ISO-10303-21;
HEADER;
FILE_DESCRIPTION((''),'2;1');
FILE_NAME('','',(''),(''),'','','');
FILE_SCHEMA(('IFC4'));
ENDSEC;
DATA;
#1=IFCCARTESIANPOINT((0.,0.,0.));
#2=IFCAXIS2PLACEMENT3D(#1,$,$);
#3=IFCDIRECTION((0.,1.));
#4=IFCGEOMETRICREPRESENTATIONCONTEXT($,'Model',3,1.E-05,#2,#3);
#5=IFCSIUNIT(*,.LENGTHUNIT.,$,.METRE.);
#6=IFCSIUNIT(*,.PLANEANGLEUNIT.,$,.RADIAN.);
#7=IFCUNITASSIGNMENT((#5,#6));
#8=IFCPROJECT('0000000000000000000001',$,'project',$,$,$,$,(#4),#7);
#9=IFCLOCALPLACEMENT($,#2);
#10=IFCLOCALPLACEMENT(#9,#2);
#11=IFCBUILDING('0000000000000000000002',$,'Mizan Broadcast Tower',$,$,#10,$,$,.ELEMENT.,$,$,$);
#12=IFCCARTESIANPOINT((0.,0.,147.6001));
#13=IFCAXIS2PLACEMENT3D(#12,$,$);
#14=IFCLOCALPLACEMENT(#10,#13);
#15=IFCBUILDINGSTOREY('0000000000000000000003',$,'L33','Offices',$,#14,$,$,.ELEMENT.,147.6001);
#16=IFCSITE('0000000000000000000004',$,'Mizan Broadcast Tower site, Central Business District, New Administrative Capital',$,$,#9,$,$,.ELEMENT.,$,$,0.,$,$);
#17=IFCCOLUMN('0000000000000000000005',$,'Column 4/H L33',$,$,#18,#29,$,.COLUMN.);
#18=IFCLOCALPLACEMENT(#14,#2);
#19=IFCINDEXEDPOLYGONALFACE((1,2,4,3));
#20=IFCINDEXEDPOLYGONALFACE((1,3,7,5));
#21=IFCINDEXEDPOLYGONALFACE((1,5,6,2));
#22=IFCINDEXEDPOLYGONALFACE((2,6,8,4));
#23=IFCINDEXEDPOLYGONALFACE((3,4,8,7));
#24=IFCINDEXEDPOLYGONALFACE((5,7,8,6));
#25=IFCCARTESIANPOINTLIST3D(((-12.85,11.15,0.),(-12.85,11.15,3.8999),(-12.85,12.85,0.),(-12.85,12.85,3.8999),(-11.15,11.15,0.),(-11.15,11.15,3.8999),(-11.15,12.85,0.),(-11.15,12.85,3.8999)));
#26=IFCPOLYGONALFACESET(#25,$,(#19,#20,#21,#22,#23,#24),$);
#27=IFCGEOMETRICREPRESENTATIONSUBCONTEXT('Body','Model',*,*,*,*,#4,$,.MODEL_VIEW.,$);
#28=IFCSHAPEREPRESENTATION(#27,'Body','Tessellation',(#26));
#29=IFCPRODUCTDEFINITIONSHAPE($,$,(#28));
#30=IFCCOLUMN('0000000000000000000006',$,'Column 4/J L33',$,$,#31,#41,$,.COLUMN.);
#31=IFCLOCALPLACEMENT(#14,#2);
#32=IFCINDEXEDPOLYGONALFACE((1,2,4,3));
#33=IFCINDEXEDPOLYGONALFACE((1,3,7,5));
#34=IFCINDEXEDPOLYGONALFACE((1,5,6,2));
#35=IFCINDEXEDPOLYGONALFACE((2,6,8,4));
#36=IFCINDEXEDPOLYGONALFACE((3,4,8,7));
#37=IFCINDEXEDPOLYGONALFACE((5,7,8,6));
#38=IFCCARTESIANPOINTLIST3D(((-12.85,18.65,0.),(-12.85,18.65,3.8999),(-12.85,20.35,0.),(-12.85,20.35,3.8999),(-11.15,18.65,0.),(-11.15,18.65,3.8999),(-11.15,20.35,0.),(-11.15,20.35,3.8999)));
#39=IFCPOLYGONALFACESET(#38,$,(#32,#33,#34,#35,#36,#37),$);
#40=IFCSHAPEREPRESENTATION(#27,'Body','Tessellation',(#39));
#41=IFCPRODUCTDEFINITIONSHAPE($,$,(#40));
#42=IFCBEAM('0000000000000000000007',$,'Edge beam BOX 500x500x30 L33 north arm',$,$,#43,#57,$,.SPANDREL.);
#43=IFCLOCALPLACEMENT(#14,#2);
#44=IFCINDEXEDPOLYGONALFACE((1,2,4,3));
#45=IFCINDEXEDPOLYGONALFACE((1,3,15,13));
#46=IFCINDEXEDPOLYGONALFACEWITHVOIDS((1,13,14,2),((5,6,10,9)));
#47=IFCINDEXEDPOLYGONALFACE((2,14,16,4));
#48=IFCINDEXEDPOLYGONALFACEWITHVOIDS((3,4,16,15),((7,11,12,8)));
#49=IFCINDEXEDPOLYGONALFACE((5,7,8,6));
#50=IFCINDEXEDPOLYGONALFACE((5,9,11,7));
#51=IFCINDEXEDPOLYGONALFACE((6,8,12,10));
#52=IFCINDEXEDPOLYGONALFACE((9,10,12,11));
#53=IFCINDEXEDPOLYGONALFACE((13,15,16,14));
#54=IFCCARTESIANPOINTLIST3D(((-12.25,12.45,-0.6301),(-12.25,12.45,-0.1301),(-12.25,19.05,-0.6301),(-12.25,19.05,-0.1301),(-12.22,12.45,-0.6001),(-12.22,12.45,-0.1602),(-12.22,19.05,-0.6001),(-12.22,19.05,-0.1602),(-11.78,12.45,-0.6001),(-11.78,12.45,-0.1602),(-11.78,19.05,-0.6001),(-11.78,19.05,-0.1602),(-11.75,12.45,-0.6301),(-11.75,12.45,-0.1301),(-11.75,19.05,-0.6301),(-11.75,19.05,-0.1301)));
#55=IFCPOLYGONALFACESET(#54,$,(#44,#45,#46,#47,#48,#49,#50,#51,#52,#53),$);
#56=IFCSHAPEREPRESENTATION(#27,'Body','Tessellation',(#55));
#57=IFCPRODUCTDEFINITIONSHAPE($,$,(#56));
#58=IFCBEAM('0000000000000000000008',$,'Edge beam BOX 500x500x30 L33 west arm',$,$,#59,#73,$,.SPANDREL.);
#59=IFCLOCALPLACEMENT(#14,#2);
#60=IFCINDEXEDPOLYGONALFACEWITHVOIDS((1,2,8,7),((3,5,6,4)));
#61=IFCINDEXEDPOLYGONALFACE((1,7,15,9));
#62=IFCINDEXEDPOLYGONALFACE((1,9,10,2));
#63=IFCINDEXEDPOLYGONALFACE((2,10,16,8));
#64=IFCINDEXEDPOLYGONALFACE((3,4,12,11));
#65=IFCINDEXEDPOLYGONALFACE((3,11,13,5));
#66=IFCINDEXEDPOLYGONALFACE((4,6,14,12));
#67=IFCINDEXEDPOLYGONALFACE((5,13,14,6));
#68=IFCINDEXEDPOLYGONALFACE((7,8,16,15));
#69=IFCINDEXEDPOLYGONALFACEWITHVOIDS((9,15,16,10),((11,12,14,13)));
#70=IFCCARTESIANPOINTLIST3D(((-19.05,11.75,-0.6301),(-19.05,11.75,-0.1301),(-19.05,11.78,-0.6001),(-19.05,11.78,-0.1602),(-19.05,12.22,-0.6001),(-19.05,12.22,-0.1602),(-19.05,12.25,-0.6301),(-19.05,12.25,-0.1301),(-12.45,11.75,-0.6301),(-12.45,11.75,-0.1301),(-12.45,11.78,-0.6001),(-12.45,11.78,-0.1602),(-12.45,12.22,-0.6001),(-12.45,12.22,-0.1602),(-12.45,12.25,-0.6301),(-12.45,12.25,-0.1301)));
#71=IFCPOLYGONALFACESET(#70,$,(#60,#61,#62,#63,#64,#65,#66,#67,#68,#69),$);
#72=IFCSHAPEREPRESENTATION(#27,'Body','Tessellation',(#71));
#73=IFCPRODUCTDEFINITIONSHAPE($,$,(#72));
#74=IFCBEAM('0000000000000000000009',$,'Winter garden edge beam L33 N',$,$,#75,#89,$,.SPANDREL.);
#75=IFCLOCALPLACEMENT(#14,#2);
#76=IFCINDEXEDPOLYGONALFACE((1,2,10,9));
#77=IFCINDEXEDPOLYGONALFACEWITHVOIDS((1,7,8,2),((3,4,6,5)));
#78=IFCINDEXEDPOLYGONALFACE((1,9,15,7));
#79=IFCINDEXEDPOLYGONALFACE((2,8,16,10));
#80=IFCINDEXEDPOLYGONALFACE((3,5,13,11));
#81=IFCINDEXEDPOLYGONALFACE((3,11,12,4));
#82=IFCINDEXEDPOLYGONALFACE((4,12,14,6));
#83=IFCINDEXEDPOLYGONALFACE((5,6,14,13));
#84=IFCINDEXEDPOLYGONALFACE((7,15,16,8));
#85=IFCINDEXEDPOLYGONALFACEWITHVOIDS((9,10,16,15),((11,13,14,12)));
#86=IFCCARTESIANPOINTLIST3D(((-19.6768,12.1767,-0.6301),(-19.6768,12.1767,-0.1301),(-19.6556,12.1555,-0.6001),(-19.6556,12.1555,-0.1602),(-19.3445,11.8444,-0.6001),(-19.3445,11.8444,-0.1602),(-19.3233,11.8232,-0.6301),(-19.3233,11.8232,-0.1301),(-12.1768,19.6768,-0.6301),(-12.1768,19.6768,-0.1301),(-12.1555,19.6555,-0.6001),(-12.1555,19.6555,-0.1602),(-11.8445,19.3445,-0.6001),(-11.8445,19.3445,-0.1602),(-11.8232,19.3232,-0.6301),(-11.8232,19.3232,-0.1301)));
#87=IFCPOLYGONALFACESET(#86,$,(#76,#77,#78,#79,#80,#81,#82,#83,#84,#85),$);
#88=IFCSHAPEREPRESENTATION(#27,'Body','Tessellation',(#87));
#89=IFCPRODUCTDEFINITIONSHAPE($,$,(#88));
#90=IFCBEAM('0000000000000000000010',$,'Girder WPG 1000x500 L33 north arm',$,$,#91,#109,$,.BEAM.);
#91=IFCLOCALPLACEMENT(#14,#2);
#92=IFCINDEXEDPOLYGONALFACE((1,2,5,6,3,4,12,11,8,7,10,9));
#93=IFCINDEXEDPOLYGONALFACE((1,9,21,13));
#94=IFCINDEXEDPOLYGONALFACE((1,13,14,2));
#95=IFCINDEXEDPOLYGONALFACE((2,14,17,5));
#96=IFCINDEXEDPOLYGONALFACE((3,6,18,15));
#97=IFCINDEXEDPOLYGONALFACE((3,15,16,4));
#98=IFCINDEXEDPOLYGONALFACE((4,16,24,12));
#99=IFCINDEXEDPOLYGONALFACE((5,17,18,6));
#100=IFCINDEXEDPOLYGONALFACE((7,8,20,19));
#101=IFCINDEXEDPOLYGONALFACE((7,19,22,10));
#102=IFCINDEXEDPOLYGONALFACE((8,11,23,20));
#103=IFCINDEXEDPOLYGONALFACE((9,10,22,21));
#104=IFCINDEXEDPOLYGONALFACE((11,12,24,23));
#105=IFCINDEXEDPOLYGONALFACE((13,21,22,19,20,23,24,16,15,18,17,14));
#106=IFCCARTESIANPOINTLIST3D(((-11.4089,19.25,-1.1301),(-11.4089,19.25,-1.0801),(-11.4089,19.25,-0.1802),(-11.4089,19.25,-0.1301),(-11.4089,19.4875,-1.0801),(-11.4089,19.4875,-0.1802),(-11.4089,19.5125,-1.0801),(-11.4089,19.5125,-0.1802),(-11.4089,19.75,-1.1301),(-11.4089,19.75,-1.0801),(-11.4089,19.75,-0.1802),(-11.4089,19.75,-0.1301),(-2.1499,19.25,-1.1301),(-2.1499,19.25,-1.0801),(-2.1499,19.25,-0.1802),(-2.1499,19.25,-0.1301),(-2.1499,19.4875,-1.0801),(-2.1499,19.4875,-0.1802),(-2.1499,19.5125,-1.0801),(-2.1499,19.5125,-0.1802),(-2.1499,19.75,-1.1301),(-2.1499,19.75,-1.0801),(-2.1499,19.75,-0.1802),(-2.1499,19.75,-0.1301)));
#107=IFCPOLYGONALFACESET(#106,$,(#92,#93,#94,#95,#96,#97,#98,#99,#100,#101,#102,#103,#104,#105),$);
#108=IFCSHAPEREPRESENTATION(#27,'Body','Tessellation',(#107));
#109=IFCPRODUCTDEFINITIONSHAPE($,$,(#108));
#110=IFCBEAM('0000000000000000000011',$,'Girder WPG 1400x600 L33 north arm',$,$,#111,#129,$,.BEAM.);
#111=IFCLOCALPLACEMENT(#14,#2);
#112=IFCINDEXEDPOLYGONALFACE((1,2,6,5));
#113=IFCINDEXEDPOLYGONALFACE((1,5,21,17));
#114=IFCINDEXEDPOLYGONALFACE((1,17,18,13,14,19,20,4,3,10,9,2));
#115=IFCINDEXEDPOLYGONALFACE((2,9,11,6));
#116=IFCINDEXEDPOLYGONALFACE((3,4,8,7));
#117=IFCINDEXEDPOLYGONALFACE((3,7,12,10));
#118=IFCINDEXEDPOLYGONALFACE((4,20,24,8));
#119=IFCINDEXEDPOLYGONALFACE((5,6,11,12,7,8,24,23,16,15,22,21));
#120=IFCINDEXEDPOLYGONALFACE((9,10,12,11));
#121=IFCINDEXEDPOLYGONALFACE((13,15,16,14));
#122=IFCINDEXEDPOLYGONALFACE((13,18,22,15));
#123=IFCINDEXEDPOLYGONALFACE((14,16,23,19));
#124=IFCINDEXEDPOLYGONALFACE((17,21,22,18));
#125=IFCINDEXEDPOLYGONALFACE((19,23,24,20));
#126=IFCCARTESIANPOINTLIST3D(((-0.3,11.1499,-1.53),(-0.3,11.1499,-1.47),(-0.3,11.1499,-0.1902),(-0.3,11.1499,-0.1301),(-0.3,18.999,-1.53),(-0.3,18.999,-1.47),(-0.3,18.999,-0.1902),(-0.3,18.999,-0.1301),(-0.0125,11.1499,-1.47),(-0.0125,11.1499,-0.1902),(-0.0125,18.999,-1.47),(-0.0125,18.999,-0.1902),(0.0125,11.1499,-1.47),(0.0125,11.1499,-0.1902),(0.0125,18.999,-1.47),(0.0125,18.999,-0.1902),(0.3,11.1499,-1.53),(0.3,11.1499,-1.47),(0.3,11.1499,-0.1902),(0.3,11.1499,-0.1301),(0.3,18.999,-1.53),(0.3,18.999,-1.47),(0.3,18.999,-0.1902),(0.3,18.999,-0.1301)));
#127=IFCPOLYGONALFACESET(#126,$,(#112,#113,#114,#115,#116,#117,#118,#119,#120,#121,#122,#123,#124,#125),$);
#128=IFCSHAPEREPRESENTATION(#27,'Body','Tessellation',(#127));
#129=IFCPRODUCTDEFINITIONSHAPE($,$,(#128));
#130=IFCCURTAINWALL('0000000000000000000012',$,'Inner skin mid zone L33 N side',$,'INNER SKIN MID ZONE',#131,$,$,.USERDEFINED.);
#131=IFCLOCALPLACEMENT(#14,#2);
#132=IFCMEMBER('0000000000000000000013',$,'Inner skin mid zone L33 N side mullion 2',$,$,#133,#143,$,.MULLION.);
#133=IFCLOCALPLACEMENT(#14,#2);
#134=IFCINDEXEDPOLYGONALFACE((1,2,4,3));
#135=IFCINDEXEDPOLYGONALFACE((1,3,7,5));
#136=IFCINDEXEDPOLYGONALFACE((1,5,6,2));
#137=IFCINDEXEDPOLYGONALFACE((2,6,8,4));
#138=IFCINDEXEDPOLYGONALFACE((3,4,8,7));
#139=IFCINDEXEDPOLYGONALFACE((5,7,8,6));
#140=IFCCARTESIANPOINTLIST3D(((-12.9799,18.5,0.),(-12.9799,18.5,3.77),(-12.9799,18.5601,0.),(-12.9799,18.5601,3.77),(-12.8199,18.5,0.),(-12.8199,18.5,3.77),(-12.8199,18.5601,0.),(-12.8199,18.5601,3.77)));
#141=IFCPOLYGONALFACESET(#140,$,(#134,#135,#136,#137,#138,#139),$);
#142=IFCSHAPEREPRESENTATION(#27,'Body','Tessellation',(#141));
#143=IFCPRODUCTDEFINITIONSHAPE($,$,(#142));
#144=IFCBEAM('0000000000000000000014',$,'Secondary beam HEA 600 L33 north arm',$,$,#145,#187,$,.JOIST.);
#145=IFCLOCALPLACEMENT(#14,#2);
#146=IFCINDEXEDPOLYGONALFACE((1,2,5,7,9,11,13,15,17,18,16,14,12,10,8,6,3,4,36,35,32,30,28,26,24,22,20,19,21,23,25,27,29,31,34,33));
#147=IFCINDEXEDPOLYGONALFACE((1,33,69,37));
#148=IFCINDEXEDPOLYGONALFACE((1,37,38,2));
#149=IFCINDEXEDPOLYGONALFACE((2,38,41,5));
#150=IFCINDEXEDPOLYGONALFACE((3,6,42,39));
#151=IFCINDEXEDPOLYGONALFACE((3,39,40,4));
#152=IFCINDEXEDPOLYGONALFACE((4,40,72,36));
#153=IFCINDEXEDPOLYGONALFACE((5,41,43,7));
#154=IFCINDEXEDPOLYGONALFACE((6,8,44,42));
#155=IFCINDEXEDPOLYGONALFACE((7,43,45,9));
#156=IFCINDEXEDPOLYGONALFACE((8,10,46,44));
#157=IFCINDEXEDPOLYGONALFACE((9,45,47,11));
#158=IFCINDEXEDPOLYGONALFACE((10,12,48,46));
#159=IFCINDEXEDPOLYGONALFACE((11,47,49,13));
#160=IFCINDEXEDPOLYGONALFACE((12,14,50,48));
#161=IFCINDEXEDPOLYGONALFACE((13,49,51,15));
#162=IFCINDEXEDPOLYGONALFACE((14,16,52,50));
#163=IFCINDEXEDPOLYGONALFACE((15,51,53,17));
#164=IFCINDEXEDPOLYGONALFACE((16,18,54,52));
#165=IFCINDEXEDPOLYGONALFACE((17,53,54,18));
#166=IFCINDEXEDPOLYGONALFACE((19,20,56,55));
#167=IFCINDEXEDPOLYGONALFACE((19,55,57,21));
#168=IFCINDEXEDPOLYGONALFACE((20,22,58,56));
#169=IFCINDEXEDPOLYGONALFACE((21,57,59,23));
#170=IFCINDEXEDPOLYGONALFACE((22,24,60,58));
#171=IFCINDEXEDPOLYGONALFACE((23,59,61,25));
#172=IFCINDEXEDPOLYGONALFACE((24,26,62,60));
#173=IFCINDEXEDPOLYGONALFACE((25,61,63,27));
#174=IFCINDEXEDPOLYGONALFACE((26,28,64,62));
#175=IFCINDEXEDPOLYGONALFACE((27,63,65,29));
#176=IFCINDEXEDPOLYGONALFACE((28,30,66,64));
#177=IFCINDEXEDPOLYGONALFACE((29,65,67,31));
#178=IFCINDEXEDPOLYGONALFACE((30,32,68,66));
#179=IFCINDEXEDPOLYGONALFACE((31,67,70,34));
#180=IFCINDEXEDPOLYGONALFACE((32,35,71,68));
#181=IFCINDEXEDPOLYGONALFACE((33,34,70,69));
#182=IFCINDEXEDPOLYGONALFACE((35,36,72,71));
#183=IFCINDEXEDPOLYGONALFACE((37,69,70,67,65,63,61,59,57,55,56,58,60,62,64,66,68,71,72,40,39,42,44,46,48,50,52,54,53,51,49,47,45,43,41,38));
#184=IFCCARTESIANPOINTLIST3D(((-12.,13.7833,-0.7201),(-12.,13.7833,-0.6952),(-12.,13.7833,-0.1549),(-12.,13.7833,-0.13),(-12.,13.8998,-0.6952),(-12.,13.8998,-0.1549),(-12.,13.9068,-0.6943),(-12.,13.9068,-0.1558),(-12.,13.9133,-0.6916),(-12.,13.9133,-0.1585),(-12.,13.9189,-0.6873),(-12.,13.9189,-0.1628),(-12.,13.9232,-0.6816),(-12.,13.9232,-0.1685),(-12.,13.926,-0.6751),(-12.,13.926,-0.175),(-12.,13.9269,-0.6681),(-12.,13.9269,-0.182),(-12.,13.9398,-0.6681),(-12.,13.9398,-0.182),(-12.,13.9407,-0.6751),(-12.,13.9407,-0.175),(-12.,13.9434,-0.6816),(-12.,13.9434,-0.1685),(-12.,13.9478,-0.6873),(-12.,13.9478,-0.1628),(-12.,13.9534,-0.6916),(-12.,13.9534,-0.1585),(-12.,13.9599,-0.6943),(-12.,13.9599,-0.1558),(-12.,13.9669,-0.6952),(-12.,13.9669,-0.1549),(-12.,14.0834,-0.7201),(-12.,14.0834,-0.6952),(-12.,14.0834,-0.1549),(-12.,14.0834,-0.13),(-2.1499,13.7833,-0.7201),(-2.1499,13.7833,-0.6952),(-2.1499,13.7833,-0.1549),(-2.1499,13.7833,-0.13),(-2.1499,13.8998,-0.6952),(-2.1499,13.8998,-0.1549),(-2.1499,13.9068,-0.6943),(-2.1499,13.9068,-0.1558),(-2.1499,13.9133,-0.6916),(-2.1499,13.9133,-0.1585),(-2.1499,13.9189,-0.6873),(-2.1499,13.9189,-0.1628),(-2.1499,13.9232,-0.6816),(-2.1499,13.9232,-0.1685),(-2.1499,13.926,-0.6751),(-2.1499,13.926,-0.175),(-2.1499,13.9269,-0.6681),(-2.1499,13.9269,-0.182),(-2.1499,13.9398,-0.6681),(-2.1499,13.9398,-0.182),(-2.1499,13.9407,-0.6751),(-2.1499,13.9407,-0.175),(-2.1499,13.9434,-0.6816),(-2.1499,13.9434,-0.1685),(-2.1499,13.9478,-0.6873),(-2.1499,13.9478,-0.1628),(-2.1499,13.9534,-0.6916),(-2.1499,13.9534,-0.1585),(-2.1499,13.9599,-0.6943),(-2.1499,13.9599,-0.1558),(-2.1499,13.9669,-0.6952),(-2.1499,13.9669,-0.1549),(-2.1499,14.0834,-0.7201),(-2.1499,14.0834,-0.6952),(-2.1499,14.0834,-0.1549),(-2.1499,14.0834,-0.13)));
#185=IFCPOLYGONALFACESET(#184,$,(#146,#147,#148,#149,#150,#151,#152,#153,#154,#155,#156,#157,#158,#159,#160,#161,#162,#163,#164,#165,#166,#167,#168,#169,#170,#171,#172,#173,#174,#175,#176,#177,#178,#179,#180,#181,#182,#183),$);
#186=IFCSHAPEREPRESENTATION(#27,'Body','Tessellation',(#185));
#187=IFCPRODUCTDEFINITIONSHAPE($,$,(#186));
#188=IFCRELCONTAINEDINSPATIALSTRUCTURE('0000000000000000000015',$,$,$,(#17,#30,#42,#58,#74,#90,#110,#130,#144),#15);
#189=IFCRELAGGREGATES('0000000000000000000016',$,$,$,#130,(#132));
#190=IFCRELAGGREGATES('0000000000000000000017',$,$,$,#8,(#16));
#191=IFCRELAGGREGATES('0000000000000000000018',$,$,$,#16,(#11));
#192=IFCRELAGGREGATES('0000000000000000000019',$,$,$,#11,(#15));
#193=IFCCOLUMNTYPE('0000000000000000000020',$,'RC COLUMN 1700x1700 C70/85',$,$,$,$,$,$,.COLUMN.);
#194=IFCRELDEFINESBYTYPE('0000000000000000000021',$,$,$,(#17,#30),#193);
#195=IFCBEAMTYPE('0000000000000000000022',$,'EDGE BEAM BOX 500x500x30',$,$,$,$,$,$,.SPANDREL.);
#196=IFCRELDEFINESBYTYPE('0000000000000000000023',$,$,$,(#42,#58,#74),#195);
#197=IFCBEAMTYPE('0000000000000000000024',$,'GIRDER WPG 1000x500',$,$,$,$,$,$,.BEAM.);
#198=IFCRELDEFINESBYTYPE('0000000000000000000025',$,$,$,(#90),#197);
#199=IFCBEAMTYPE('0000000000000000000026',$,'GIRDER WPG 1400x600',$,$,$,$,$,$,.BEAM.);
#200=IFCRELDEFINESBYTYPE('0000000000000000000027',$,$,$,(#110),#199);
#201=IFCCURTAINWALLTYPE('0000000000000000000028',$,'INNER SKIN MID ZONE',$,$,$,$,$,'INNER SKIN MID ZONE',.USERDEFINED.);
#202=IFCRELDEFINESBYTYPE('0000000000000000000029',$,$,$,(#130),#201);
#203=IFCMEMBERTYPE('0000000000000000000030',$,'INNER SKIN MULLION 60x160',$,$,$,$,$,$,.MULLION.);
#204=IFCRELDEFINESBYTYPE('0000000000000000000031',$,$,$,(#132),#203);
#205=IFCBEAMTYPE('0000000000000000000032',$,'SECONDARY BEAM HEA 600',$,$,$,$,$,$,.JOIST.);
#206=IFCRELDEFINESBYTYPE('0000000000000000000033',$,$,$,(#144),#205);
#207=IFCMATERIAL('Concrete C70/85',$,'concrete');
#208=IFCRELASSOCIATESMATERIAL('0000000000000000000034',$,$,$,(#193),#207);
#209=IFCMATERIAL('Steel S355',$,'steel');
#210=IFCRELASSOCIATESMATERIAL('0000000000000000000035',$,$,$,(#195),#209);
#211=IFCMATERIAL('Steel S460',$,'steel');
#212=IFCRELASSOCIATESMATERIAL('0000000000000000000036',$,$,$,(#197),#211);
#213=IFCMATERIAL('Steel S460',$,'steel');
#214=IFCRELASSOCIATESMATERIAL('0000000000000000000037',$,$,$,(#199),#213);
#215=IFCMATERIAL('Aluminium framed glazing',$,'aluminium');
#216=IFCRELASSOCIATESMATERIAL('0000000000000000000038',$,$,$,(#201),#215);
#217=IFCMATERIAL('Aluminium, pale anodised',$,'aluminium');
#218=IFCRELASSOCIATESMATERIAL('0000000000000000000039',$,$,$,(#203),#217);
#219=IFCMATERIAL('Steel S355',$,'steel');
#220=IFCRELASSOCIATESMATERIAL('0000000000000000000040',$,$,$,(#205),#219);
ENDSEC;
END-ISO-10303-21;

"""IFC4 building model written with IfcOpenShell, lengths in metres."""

from ifc_helpers import new_model, si_unit, direction, frame, origin, origin_2d, place, context, subcontext, project, spatial, rectangle, hollow_rectangle, i_section, extrude, material, material_profile, profile_set, type_object, element, aggregate, save


model = new_model("IFC4")

# Units and contexts
model_context = context("Model", 3, precision=1e-05, world=origin(), true_north=direction((0.0, 1.0)))
body_context = subcontext(model_context, "Body", "Model", "MODEL_VIEW")
ifc_project = project(units=[si_unit("LENGTHUNIT", "METRE"), si_unit("PLANEANGLEUNIT", "RADIAN")], contexts=[model_context])

# Site, building, storey
site_placement = place(None, origin())
site = spatial("IfcSite", under=ifc_project, at=site_placement, Name="Mizan Broadcast Tower site, Central Business District, New Administrative Capital", CompositionType="ELEMENT", RefElevation=0.0)
building_placement = place(site_placement, origin())
building = spatial("IfcBuilding", under=site, at=building_placement, Name="Mizan Broadcast Tower", CompositionType="ELEMENT")
storey_placement = place(building_placement, frame((0.0, 0.0, 147.6001)))
storey = spatial("IfcBuildingStorey", under=building, at=storey_placement, Name="L33", Description="Offices", CompositionType="ELEMENT", Elevation=147.6001)

# Columns
ifc_material_1 = material(Name="Concrete C70/85", Category="concrete")
ifc_material_profile_1 = material_profile(ifc_material_1, rectangle(XDim=1.7, YDim=1.7, at=origin_2d()), Name="RC 1700x1700")
ifc_profile_set_1 = profile_set([ifc_material_profile_1], Name="Concrete C70/85")
column_type = type_object("IfcColumnType", Name="RC COLUMN 1700x1700 C70/85", PredefinedType="COLUMN", material=ifc_profile_set_1)
for number, where, z_axis, x_axis, name in (
    (1, (-12.0, 12.0, 0.0), (0.0, 0.0, 1.0), (1.0, 0.0, 0.0), "Column 4/H L33"),
    (2, (-12.0, 19.5, 0.0), (0.0, 0.0, 1.0), (1.0, 0.0, 0.0), "Column 4/J L33"),
):
    element("IfcColumn", number, at=place(storey_placement, frame(where, z_axis=z_axis, x_axis=x_axis)), inside=storey, type_object=column_type, Name=name, PredefinedType="COLUMN", context=body_context, shape_type="SweptSolid", body=[
        extrude(rectangle(XDim=1.7, YDim=1.7, at=origin_2d()), origin(), (0.0, 0.0, 1.0), 3.8999),
    ])

# Beams
ifc_material_2 = material(Name="Steel S355", Category="steel")
ifc_material_profile_2 = material_profile(ifc_material_2, hollow_rectangle(XDim=0.5, YDim=0.5, WallThickness=0.03, at=origin_2d()), Name="BOX 500x500x30")
ifc_profile_set_2 = profile_set([ifc_material_profile_2], Name="Steel S355")
beam_type_1 = type_object("IfcBeamType", Name="EDGE BEAM BOX 500x500x30", PredefinedType="SPANDREL", material=ifc_profile_set_2)
for number, where, z_axis, x_axis, name in (
    (3, (-12.0, 12.45, -0.3801), (0.0, 1.0, 0.0), (-1.0, 0.0, 0.0), "Edge beam BOX 500x500x30 L33 north arm"),
    (4, (-12.45, 12.0, -0.3801), (-1.0, 0.0, 0.0), (0.0, -1.0, 0.0), "Edge beam BOX 500x500x30 L33 west arm"),
):
    element("IfcBeam", number, at=place(storey_placement, frame(where, z_axis=z_axis, x_axis=x_axis)), inside=storey, type_object=beam_type_1, Name=name, PredefinedType="SPANDREL", context=body_context, shape_type="SweptSolid", body=[
        extrude(hollow_rectangle(XDim=0.5, YDim=0.5, WallThickness=0.03, at=origin_2d()), origin(), (0.0, 0.0, 1.0), 6.6001),
    ])
beam_1_placement = place(storey_placement, frame((-12.0, 19.5, -0.3801), z_axis=(-0.707107, -0.707107, 0.0), x_axis=(0.707107, -0.707107, 0.0)))
element("IfcBeam", 5, at=beam_1_placement, inside=storey, type_object=beam_type_1, Name="Winter garden edge beam L33 N", PredefinedType="SPANDREL", context=body_context, shape_type="SweptSolid", body=[
    extrude(hollow_rectangle(XDim=0.5, YDim=0.5, WallThickness=0.03, at=origin_2d()), origin(), (0.0, 0.0, 1.0), 10.6067),
])
ifc_material_3 = material(Name="Steel S460", Category="steel")
ifc_material_profile_3 = material_profile(ifc_material_3, i_section(OverallWidth=0.5, OverallDepth=1.0, WebThickness=0.0249, FlangeThickness=0.05, at=origin_2d()), Name="WPG 1000x500")
ifc_profile_set_3 = profile_set([ifc_material_profile_3], Name="Steel S460")
beam_type_2 = type_object("IfcBeamType", Name="GIRDER WPG 1000x500", PredefinedType="BEAM", material=ifc_profile_set_3)
beam_2_placement = place(storey_placement, frame((-11.4089, 19.5, -0.6301), z_axis=(1.0, 0.0, 0.0), x_axis=(0.0, 1.0, 0.0)))
element("IfcBeam", 6, at=beam_2_placement, inside=storey, type_object=beam_type_2, Name="Girder WPG 1000x500 L33 north arm", PredefinedType="BEAM", context=body_context, shape_type="SweptSolid", body=[
    extrude(i_section(OverallWidth=0.5, OverallDepth=1.0, WebThickness=0.0249, FlangeThickness=0.05, at=origin_2d()), origin(), (0.0, 0.0, 1.0), 9.259),
])
ifc_material_4 = material(Name="Steel S460", Category="steel")
ifc_material_profile_4 = material_profile(ifc_material_4, i_section(OverallWidth=0.6001, OverallDepth=1.3999, WebThickness=0.0249, FlangeThickness=0.0601, at=origin_2d()), Name="WPG 1400x600")
ifc_profile_set_4 = profile_set([ifc_material_profile_4], Name="Steel S460")
beam_type_3 = type_object("IfcBeamType", Name="GIRDER WPG 1400x600", PredefinedType="BEAM", material=ifc_profile_set_4)
beam_3_placement = place(storey_placement, frame((0.0, 11.1499, -0.8301), z_axis=(0.0, 1.0, 0.0), x_axis=(-1.0, 0.0, 0.0)))
element("IfcBeam", 7, at=beam_3_placement, inside=storey, type_object=beam_type_3, Name="Girder WPG 1400x600 L33 north arm", PredefinedType="BEAM", context=body_context, shape_type="SweptSolid", body=[
    extrude(i_section(OverallWidth=0.6001, OverallDepth=1.3999, WebThickness=0.0249, FlangeThickness=0.0601, at=origin_2d()), origin(), (0.0, 0.0, 1.0), 7.8491),
])

# Curtain wall, member
ifc_material_5 = material(Name="Aluminium framed glazing", Category="aluminium")
curtain_wall_type = type_object("IfcCurtainWallType", Name="INNER SKIN MID ZONE", ElementType="INNER SKIN MID ZONE", PredefinedType="USERDEFINED", material=ifc_material_5)
curtain_wall_placement = place(storey_placement, origin())
curtain_wall = element("IfcCurtainWall", 8, at=curtain_wall_placement, inside=storey, type_object=curtain_wall_type, Name="Inner skin mid zone L33 N side", ObjectType="INNER SKIN MID ZONE", PredefinedType="USERDEFINED")
ifc_material_6 = material(Name="Aluminium, pale anodised", Category="aluminium")
ifc_material_profile_5 = material_profile(ifc_material_6, rectangle(XDim=0.1599, YDim=0.0601, at=origin_2d()), Name="MULLION 160x60")
ifc_profile_set_5 = profile_set([ifc_material_profile_5], Name="Aluminium, pale anodised")
member_type = type_object("IfcMemberType", Name="INNER SKIN MULLION 60x160", PredefinedType="MULLION", material=ifc_profile_set_5)
member_placement = place(storey_placement, frame((-12.8999, 18.53, 0.0), z_axis=(0.0, 0.0, 1.0), x_axis=(1.0, 0.0, 0.0)))
member = element("IfcMember", 9, at=member_placement, type_object=member_type, Name="Inner skin mid zone L33 N side mullion 2", PredefinedType="MULLION", context=body_context, shape_type="SweptSolid", body=[
    extrude(rectangle(XDim=0.1599, YDim=0.0601, at=origin_2d()), origin(), (0.0, 0.0, 1.0), 3.77),
])
aggregate(curtain_wall, [member])

# Beam
ifc_material_7 = material(Name="Steel S355", Category="steel")
ifc_material_profile_6 = material_profile(ifc_material_7, i_section(OverallWidth=0.3, OverallDepth=0.5901, WebThickness=0.0129, FlangeThickness=0.0249, FilletRadius=0.0271, at=origin_2d()), Name="HEA 600")
ifc_profile_set_6 = profile_set([ifc_material_profile_6], Name="Steel S355")
beam_type_4 = type_object("IfcBeamType", Name="SECONDARY BEAM HEA 600", PredefinedType="JOIST", material=ifc_profile_set_6)
for number, where, z_axis, x_axis, name in (
    (10, (-12.0, 13.9333, -0.425), (1.0, 0.0, 0.0), (0.0, 1.0, 0.0), "Secondary beam HEA 600 L33 north arm"),
):
    element("IfcBeam", number, at=place(storey_placement, frame(where, z_axis=z_axis, x_axis=x_axis)), inside=storey, type_object=beam_type_4, Name=name, PredefinedType="JOIST", context=body_context, shape_type="SweptSolid", body=[
        extrude(i_section(OverallWidth=0.3, OverallDepth=0.5901, WebThickness=0.0129, FlangeThickness=0.0249, FilletRadius=0.0271, at=origin_2d()), origin(), (0.0, 0.0, 1.0), 9.8501),
    ])

save(model, "model.ifc")
